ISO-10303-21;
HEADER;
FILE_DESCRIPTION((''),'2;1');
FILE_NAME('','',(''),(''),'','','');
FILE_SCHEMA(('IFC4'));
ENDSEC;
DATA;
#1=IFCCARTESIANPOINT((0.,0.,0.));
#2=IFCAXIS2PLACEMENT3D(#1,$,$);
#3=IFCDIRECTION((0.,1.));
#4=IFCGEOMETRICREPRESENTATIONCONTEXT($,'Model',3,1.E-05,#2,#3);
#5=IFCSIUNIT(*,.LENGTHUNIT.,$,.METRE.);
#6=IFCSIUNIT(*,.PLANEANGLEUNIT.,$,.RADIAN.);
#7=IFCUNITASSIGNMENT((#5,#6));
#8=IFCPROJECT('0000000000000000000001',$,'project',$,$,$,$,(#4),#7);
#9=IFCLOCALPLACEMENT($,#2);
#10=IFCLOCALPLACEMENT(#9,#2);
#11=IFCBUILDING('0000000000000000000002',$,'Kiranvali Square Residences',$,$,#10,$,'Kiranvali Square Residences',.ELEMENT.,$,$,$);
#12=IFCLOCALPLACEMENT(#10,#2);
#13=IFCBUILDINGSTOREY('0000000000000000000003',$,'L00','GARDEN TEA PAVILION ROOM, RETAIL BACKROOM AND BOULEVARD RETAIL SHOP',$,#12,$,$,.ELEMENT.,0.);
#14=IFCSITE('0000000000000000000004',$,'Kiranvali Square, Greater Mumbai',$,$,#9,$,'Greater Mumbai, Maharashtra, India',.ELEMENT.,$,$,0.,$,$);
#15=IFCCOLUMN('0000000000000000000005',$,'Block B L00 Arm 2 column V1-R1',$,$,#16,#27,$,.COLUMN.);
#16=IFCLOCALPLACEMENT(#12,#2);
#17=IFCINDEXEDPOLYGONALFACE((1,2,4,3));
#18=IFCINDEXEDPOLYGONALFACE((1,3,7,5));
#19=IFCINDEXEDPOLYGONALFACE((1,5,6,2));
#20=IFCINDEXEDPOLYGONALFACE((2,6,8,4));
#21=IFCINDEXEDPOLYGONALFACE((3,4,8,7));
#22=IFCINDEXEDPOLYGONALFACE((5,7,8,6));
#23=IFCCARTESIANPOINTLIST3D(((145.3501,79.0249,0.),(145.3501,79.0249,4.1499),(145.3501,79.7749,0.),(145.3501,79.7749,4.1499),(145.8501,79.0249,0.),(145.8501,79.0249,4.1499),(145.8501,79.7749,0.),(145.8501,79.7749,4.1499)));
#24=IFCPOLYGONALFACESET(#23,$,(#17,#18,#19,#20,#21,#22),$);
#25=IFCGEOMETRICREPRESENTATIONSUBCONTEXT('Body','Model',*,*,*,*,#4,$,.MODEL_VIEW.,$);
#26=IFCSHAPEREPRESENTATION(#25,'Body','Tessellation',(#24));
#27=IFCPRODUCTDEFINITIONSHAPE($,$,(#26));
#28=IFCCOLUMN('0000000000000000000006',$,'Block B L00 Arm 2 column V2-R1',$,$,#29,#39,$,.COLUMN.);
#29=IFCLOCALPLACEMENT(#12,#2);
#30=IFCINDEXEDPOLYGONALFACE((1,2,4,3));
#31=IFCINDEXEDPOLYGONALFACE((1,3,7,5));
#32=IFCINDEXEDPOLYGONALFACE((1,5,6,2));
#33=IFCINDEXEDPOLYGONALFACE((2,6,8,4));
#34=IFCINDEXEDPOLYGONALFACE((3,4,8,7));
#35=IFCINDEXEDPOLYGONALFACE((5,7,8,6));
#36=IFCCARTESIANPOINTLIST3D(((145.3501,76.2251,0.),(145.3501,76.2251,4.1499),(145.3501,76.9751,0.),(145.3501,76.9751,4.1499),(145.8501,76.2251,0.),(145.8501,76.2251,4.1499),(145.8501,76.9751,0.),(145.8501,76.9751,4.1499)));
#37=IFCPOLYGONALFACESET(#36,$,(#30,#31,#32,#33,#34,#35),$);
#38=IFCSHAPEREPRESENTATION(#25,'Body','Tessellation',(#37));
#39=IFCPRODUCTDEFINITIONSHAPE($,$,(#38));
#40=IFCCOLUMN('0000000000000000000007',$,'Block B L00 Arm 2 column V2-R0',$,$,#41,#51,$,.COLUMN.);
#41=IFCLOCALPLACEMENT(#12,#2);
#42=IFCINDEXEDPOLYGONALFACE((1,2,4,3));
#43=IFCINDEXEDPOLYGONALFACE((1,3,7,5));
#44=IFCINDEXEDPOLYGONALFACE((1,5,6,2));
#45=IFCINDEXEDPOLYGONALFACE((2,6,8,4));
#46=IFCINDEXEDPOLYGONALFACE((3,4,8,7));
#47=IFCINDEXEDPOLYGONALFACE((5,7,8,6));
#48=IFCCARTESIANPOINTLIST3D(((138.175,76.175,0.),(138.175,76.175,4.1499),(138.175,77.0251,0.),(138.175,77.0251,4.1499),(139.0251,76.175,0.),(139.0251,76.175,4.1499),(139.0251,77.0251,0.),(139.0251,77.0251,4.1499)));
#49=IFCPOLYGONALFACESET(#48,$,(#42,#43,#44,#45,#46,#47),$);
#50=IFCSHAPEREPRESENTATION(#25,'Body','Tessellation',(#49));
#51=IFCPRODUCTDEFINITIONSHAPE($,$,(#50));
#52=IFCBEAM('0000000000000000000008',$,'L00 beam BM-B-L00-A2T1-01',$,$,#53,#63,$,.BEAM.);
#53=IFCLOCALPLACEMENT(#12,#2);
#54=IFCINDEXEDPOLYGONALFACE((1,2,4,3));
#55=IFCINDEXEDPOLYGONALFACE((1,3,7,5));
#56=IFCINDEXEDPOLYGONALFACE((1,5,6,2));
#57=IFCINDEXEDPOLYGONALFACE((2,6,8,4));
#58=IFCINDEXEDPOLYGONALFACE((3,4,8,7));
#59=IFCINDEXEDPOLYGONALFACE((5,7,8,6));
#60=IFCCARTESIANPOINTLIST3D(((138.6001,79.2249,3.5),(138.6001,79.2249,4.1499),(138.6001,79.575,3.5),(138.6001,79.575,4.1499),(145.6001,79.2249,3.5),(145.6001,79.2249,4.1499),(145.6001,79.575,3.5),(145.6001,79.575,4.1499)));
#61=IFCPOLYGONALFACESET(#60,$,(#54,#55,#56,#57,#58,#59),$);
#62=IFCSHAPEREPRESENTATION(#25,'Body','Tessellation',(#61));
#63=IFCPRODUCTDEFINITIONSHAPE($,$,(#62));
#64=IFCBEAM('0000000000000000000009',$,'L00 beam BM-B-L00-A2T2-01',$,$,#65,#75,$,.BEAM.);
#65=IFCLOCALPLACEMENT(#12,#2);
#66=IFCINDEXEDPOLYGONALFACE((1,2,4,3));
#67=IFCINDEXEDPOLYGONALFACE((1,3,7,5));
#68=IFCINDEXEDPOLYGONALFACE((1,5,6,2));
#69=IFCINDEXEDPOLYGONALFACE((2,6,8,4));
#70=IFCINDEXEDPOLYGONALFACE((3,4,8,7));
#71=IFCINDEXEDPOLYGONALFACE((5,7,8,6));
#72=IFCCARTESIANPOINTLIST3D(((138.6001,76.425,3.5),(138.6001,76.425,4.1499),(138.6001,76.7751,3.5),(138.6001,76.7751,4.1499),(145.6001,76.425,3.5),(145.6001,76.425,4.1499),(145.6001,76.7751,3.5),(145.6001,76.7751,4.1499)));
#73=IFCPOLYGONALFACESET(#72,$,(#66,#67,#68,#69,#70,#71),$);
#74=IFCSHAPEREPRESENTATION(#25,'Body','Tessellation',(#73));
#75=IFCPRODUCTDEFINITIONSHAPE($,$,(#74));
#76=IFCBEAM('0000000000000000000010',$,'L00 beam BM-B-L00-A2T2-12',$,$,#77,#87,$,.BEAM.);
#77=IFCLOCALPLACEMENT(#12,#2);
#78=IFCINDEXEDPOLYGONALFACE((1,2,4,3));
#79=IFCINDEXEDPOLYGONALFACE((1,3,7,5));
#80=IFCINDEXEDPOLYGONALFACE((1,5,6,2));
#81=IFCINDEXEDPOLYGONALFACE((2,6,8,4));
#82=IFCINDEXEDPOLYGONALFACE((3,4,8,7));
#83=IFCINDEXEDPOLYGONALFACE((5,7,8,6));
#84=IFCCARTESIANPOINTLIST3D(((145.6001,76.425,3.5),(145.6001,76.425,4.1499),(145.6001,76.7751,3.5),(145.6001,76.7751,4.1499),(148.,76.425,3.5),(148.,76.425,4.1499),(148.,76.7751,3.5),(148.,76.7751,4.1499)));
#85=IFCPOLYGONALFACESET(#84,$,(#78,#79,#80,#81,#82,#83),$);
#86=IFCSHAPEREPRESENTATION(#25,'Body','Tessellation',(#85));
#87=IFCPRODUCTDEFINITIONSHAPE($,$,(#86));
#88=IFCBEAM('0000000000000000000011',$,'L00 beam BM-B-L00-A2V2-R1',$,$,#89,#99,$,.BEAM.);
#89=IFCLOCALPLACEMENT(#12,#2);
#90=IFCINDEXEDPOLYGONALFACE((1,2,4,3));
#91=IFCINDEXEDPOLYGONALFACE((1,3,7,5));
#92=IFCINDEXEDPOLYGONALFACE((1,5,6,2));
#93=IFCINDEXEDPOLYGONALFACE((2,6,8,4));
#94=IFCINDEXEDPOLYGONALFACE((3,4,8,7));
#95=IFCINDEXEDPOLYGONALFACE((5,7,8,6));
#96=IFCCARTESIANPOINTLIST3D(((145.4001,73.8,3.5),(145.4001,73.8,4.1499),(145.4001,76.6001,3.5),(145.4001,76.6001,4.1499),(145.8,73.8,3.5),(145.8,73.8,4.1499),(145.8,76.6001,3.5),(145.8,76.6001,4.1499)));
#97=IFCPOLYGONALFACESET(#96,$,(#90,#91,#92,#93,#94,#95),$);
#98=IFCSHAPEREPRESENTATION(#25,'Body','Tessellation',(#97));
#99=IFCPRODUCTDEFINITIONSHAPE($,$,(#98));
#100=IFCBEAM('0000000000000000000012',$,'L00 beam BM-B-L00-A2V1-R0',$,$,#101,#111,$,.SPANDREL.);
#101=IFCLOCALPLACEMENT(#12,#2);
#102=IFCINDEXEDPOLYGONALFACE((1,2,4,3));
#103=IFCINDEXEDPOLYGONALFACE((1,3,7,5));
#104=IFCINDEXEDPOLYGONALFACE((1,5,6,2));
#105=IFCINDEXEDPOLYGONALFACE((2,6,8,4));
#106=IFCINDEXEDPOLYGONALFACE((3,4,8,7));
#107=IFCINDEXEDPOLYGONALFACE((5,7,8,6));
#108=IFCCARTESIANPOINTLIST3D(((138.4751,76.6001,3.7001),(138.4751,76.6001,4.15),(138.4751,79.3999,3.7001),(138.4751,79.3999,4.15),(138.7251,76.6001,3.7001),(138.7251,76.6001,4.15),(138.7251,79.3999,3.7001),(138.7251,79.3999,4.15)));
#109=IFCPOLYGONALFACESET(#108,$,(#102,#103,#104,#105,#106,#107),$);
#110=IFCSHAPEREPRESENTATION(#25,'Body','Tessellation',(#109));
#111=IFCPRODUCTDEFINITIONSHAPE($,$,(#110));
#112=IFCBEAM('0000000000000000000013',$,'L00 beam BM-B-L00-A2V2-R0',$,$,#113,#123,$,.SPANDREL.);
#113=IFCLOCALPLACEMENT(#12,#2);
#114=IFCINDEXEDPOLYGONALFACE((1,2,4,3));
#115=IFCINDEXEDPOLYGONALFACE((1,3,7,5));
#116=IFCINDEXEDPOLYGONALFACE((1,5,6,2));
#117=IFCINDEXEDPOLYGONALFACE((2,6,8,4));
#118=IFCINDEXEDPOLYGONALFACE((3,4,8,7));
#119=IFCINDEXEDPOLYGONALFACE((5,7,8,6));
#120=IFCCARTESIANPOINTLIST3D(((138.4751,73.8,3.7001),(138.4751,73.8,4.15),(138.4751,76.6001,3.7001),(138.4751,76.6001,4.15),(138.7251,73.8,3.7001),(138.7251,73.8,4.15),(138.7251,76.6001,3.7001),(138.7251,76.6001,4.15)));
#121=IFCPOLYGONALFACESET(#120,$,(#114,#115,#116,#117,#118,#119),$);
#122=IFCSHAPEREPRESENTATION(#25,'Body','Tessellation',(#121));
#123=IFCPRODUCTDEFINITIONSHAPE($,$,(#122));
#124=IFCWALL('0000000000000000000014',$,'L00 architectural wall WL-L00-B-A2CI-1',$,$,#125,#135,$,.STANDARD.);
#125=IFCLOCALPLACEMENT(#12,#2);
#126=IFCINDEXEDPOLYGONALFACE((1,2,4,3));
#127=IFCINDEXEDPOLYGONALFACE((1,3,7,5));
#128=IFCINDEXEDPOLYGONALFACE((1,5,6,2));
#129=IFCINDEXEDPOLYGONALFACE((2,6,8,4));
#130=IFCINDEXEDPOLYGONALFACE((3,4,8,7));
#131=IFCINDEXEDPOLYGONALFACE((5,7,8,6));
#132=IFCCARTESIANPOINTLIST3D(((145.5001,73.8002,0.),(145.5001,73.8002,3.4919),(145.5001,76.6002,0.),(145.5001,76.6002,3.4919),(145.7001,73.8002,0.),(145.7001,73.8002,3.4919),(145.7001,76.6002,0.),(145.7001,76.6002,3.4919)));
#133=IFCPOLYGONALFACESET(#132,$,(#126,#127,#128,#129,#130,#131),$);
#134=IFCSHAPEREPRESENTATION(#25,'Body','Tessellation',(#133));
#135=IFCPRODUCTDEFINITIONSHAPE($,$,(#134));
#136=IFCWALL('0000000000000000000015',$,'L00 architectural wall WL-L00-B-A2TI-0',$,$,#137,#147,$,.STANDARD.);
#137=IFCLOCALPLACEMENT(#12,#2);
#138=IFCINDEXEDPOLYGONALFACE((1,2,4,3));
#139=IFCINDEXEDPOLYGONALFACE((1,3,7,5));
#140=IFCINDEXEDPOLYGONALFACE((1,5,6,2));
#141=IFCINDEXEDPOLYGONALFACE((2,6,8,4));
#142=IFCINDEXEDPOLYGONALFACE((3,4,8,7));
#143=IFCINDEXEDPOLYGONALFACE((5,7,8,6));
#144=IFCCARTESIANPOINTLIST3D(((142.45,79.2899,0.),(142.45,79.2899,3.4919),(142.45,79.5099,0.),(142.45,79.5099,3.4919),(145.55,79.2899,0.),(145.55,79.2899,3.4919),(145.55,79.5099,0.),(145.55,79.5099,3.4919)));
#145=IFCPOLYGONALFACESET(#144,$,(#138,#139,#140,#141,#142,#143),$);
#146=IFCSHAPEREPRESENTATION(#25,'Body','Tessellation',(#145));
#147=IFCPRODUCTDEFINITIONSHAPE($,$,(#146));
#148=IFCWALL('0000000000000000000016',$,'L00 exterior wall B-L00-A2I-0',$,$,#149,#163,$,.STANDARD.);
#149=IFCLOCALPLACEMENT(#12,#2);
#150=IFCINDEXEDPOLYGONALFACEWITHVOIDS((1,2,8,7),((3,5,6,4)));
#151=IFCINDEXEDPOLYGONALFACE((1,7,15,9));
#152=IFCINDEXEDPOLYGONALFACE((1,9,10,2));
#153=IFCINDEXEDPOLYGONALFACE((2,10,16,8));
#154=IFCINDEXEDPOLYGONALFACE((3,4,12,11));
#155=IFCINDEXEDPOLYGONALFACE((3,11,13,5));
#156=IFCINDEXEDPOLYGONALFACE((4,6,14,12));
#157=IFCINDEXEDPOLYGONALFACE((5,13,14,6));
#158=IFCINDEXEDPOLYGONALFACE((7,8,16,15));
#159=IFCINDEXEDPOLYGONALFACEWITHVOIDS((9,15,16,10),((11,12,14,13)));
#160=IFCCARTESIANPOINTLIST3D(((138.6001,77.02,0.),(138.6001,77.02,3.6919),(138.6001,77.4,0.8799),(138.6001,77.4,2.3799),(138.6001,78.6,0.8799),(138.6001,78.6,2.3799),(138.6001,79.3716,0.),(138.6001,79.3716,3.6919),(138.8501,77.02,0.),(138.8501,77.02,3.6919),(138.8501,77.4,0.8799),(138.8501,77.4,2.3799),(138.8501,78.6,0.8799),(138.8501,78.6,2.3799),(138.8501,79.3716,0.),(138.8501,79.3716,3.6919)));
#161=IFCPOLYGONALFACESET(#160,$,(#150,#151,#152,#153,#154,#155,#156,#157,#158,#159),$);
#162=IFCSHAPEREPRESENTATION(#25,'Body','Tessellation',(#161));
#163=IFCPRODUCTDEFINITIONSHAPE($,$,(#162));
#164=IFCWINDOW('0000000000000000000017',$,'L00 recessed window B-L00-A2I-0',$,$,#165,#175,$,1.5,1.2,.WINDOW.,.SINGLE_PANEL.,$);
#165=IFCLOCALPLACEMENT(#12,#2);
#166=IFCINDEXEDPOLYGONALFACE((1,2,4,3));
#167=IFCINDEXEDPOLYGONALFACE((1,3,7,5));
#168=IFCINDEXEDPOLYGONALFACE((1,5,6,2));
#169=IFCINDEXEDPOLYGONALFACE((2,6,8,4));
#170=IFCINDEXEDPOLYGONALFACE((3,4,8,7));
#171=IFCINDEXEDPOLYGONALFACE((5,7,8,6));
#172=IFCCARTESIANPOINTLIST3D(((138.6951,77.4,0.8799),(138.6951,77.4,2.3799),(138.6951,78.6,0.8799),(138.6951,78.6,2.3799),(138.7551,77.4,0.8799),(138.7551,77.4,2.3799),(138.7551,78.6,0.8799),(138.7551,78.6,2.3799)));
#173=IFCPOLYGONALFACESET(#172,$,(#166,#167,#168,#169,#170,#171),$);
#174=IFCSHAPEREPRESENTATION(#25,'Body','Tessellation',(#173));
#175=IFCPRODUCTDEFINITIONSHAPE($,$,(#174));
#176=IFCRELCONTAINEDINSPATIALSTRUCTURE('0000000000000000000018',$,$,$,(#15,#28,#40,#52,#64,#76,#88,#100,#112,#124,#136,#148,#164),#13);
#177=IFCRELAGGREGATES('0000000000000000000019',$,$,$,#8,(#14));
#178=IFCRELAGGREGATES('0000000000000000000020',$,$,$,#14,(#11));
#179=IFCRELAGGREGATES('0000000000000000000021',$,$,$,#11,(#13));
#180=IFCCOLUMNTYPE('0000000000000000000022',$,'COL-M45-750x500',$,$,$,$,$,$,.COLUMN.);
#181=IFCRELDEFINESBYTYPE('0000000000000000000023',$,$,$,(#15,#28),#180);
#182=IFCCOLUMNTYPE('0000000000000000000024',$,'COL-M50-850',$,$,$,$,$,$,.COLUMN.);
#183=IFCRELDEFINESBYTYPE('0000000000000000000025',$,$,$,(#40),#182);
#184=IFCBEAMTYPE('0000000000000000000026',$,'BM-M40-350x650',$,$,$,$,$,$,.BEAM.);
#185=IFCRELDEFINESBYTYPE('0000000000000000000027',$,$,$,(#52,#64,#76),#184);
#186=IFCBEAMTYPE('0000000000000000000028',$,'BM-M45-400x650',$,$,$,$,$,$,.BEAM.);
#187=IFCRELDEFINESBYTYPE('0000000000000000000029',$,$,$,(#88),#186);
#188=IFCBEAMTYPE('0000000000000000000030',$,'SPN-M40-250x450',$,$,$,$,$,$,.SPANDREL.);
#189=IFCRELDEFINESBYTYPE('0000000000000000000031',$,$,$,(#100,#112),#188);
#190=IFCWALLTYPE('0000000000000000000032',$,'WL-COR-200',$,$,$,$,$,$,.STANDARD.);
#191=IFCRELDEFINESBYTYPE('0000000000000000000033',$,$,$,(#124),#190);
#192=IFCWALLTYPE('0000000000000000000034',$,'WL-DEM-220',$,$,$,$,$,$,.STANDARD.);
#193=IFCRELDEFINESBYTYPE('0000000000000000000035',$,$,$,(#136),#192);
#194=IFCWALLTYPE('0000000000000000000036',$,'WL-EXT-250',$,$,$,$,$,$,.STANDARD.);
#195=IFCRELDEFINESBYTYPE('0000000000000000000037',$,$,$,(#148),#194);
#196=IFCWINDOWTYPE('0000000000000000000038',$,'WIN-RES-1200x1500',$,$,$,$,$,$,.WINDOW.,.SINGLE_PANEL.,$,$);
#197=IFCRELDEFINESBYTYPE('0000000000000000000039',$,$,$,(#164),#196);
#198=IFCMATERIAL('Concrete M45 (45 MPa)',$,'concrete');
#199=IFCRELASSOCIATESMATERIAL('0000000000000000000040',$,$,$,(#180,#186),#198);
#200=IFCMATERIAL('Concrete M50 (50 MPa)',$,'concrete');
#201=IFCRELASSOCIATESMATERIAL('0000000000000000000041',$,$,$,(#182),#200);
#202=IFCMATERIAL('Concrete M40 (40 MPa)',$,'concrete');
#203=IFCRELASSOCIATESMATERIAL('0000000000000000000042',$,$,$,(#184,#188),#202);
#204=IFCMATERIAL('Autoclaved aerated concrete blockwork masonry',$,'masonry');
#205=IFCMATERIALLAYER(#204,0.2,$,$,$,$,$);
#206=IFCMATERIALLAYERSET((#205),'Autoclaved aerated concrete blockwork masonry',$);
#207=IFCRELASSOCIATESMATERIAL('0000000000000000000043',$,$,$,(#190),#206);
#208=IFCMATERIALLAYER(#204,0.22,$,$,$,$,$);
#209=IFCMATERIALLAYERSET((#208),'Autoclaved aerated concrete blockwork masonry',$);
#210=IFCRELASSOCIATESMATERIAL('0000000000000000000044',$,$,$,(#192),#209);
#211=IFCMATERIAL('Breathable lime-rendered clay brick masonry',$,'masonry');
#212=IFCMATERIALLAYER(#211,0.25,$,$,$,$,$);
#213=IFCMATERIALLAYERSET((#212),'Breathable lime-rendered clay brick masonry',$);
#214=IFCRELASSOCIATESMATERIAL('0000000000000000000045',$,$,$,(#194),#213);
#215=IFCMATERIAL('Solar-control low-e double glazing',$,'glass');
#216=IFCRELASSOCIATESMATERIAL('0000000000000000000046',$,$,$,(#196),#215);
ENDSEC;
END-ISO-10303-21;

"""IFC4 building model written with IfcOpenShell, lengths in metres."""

from ifc_helpers import new_model, si_unit, direction, frame, frame_2d, origin, origin_2d, place, context, subcontext, project, spatial, rectangle, extrude, material, layer, layer_set, material_profile, profile_set, type_object, element, fill, save


model = new_model("IFC4")

# Units and contexts
model_context = context("Model", 3, precision=1e-05, world=origin(), true_north=direction((0.0, 1.0)))
body_context = subcontext(model_context, "Body", "Model", "MODEL_VIEW")
ifc_project = project(units=[si_unit("LENGTHUNIT", "METRE"), si_unit("PLANEANGLEUNIT", "RADIAN")], contexts=[model_context])

# Site, building, storey
site_placement = place(None, origin())
site = spatial("IfcSite", under=ifc_project, at=site_placement, Name="Kiranvali Square, Greater Mumbai", LongName="Greater Mumbai, Maharashtra, India", CompositionType="ELEMENT", RefElevation=0.0)
building_placement = place(site_placement, origin())
building = spatial("IfcBuilding", under=site, at=building_placement, Name="Kiranvali Square Residences", LongName="Kiranvali Square Residences", CompositionType="ELEMENT")
storey_placement = place(building_placement, origin())
storey = spatial("IfcBuildingStorey", under=building, at=storey_placement, Name="L00", Description="GARDEN TEA PAVILION ROOM, RETAIL BACKROOM AND BOULEVARD RETAIL SHOP", CompositionType="ELEMENT", Elevation=0.0)

# Columns
ifc_material_1 = material(Name="Concrete M45 (45 MPa)", Category="concrete")
ifc_material_profile_1 = material_profile(ifc_material_1, rectangle(XDim=0.5, YDim=0.75, at=origin_2d()), Name="RC 750x500")
ifc_profile_set_1 = profile_set([ifc_material_profile_1], Name="Concrete M45 (45 MPa)")
column_type_1 = type_object("IfcColumnType", Name="COL-M45-750x500", PredefinedType="COLUMN", material=ifc_profile_set_1)
for number, where, z_axis, x_axis, name in (
    (1, (145.6001, 79.3999, 0.0), (0.0, 0.0, 1.0), (1.0, 0.0, 0.0), "Block B L00 Arm 2 column V1-R1"),
    (2, (145.6001, 76.6001, 0.0), (0.0, 0.0, 1.0), (1.0, 0.0, 0.0), "Block B L00 Arm 2 column V2-R1"),
):
    element("IfcColumn", number, at=place(storey_placement, frame(where, z_axis=z_axis, x_axis=x_axis)), inside=storey, type_object=column_type_1, Name=name, PredefinedType="COLUMN", context=body_context, shape_type="SweptSolid", body=[
        extrude(rectangle(XDim=0.5, YDim=0.75, at=origin_2d()), origin(), (0.0, 0.0, 1.0), 4.1499),
    ])
ifc_material_2 = material(Name="Concrete M50 (50 MPa)", Category="concrete")
ifc_material_profile_2 = material_profile(ifc_material_2, rectangle(XDim=0.8501, YDim=0.8501, at=origin_2d()), Name="RC 850x850")
ifc_profile_set_2 = profile_set([ifc_material_profile_2], Name="Concrete M50 (50 MPa)")
column_type_2 = type_object("IfcColumnType", Name="COL-M50-850", PredefinedType="COLUMN", material=ifc_profile_set_2)
column_placement = place(storey_placement, frame((138.6001, 76.6001, 0.0), z_axis=(0.0, 0.0, 1.0), x_axis=(1.0, 0.0, 0.0)))
element("IfcColumn", 3, at=column_placement, inside=storey, type_object=column_type_2, Name="Block B L00 Arm 2 column V2-R0", PredefinedType="COLUMN", context=body_context, shape_type="SweptSolid", body=[
    extrude(rectangle(XDim=0.8501, YDim=0.8501, at=origin_2d()), origin(), (0.0, 0.0, 1.0), 4.1499),
])

# Beams
ifc_material_3 = material(Name="Concrete M40 (40 MPa)", Category="concrete")
ifc_material_profile_3 = material_profile(ifc_material_3, rectangle(XDim=0.3501, YDim=0.6499, at=origin_2d()), Name="RC 350x650")
ifc_profile_set_3 = profile_set([ifc_material_profile_3], Name="Concrete M40 (40 MPa)")
beam_type_1 = type_object("IfcBeamType", Name="BM-M40-350x650", PredefinedType="BEAM", material=ifc_profile_set_3)
for number, where, z_axis, x_axis, name in (
    (4, (138.6001, 79.3999, 3.825), (1.0, 0.0, 0.0), (0.0, 1.0, 0.0), "L00 beam BM-B-L00-A2T1-01"),
    (5, (138.6001, 76.6001, 3.825), (1.0, 0.0, 0.0), (0.0, 1.0, 0.0), "L00 beam BM-B-L00-A2T2-01"),
):
    element("IfcBeam", number, at=place(storey_placement, frame(where, z_axis=z_axis, x_axis=x_axis)), inside=storey, type_object=beam_type_1, Name=name, PredefinedType="BEAM", context=body_context, shape_type="SweptSolid", body=[
        extrude(rectangle(XDim=0.3501, YDim=0.6499, at=origin_2d()), origin(), (0.0, 0.0, 1.0), 7.0),
    ])
beam_1_placement = place(storey_placement, frame((145.6001, 76.6001, 3.825), z_axis=(1.0, 0.0, 0.0), x_axis=(0.0, 1.0, 0.0)))
element("IfcBeam", 6, at=beam_1_placement, inside=storey, type_object=beam_type_1, Name="L00 beam BM-B-L00-A2T2-12", PredefinedType="BEAM", context=body_context, shape_type="SweptSolid", body=[
    extrude(rectangle(XDim=0.3501, YDim=0.6499, at=origin_2d()), origin(), (0.0, 0.0, 1.0), 2.3999),
])
ifc_material_profile_4 = material_profile(ifc_material_1, rectangle(XDim=0.3999, YDim=0.6499, at=origin_2d()), Name="RC 400x650")
ifc_profile_set_4 = profile_set([ifc_material_profile_4], Name="Concrete M45 (45 MPa)")
beam_type_2 = type_object("IfcBeamType", Name="BM-M45-400x650", PredefinedType="BEAM", material=ifc_profile_set_4)
beam_2_placement = place(storey_placement, frame((145.6001, 76.6001, 3.825), z_axis=(0.0, -1.0, 0.0), x_axis=(1.0, 0.0, 0.0)))
element("IfcBeam", 7, at=beam_2_placement, inside=storey, type_object=beam_type_2, Name="L00 beam BM-B-L00-A2V2-R1", PredefinedType="BEAM", context=body_context, shape_type="SweptSolid", body=[
    extrude(rectangle(XDim=0.3999, YDim=0.6499, at=origin_2d()), origin(), (0.0, 0.0, 1.0), 2.8),
])
ifc_material_profile_5 = material_profile(ifc_material_3, rectangle(XDim=0.25, YDim=0.45, at=origin_2d()), Name="RC 250x450")
ifc_profile_set_5 = profile_set([ifc_material_profile_5], Name="Concrete M40 (40 MPa)")
beam_type_3 = type_object("IfcBeamType", Name="SPN-M40-250x450", PredefinedType="SPANDREL", material=ifc_profile_set_5)
beam_3_placement = place(storey_placement, frame((138.6001, 79.3999, 3.925), z_axis=(0.0, -1.0, 0.0), x_axis=(1.0, 0.0, 0.0)))
element("IfcBeam", 8, at=beam_3_placement, inside=storey, type_object=beam_type_3, Name="L00 beam BM-B-L00-A2V1-R0", PredefinedType="SPANDREL", context=body_context, shape_type="SweptSolid", body=[
    extrude(rectangle(XDim=0.25, YDim=0.45, at=origin_2d()), origin(), (0.0, 0.0, 1.0), 2.7998),
])
beam_4_placement = place(storey_placement, frame((138.6001, 76.6001, 3.925), z_axis=(0.0, -1.0, 0.0), x_axis=(1.0, 0.0, 0.0)))
element("IfcBeam", 9, at=beam_4_placement, inside=storey, type_object=beam_type_3, Name="L00 beam BM-B-L00-A2V2-R0", PredefinedType="SPANDREL", context=body_context, shape_type="SweptSolid", body=[
    extrude(rectangle(XDim=0.25, YDim=0.45, at=origin_2d()), origin(), (0.0, 0.0, 1.0), 2.8),
])

# Walls
ifc_material_4 = material(Name="Autoclaved aerated concrete blockwork masonry", Category="masonry")
ifc_layer_1 = layer(ifc_material_4, 0.2)
ifc_layer_set_1 = layer_set([ifc_layer_1], Name="Autoclaved aerated concrete blockwork masonry")
wall_type_1 = type_object("IfcWallType", Name="WL-COR-200", PredefinedType="STANDARD", material=ifc_layer_set_1)
wall_1_placement = place(storey_placement, frame((145.6001, 76.6001, 0.0), z_axis=(0.0, 0.0, 1.0), x_axis=(0.0, -1.0, 0.0)))
element("IfcWall", 10, at=wall_1_placement, inside=storey, type_object=wall_type_1, Name="L00 architectural wall WL-L00-B-A2CI-1", PredefinedType="STANDARD", context=body_context, shape_type="SweptSolid", body=[
    extrude(rectangle(XDim=2.8, YDim=0.2, at=frame_2d((1.3999, 0.0))), origin(), (0.0, 0.0, 1.0), 3.4919),
])
ifc_layer_2 = layer(ifc_material_4, 0.22)
ifc_layer_set_2 = layer_set([ifc_layer_2], Name="Autoclaved aerated concrete blockwork masonry")
wall_type_2 = type_object("IfcWallType", Name="WL-DEM-220", PredefinedType="STANDARD", material=ifc_layer_set_2)
wall_2_placement = place(storey_placement, frame((142.45, 79.3999, 0.0), z_axis=(0.0, 0.0, 1.0), x_axis=(1.0, 0.0, 0.0)))
element("IfcWall", 11, at=wall_2_placement, inside=storey, type_object=wall_type_2, Name="L00 architectural wall WL-L00-B-A2TI-0", PredefinedType="STANDARD", context=body_context, shape_type="SweptSolid", body=[
    extrude(rectangle(XDim=3.1001, YDim=0.22, at=frame_2d((1.55, 0.0))), origin(), (0.0, 0.0, 1.0), 3.4919),
])

# Wall, opening, window
ifc_material_5 = material(Name="Breathable lime-rendered clay brick masonry", Category="masonry")
ifc_layer_3 = layer(ifc_material_5, 0.25)
ifc_layer_set_3 = layer_set([ifc_layer_3], Name="Breathable lime-rendered clay brick masonry")
wall_type_3 = type_object("IfcWallType", Name="WL-EXT-250", PredefinedType="STANDARD", material=ifc_layer_set_3)
wall_3_placement = place(storey_placement, frame((138.7251, 79.3716, 0.0), z_axis=(0.0, 0.0, 1.0), x_axis=(0.0, -1.0, 0.0)))
wall_3 = element("IfcWall", 12, at=wall_3_placement, inside=storey, type_object=wall_type_3, Name="L00 exterior wall B-L00-A2I-0", PredefinedType="STANDARD", context=body_context, shape_type="SweptSolid", body=[
    extrude(rectangle(XDim=2.3516, YDim=0.25, at=frame_2d((1.1758, 0.0))), origin(), (0.0, 0.0, 1.0), 3.6919),
])
opening_1_placement = place(wall_3_placement, frame((0.7715, 0.0, 0.8799)))
opening_1 = element("IfcOpeningElement", 13, at=opening_1_placement, cuts=wall_3, PredefinedType="OPENING", context=body_context, shape_type="SweptSolid", body=[
    extrude(rectangle(XDim=1.2, YDim=1.5, at=frame_2d((0.6001, 0.75))), frame((0.0, 0.135, 0.0), z_axis=(0.0, -1.0, 0.0), x_axis=(1.0, 0.0, 0.0)), (0.0, 0.0, 1.0), 0.27),
])
ifc_material_6 = material(Name="Solar-control low-e double glazing", Category="glass")
window_type = type_object("IfcWindowType", Name="WIN-RES-1200x1500", PartitioningType="SINGLE_PANEL", PredefinedType="WINDOW", material=ifc_material_6)
window_1_placement = place(opening_1_placement, origin())
window_1 = element("IfcWindow", 14, at=window_1_placement, inside=storey, type_object=window_type, Name="L00 recessed window B-L00-A2I-0", OverallHeight=1.5, OverallWidth=1.2, PartitioningType="SINGLE_PANEL", PredefinedType="WINDOW", context=body_context, shape_type="SweptSolid", body=[
    extrude(rectangle(XDim=1.2, YDim=1.5, at=frame_2d((0.6001, 0.75))), frame((0.0, 0.03, 0.0), z_axis=(0.0, -1.0, 0.0), x_axis=(1.0, 0.0, 0.0)), (0.0, 0.0, 1.0), 0.0601),
])
fill(opening_1, window_1)

save(model, "model.ifc")
